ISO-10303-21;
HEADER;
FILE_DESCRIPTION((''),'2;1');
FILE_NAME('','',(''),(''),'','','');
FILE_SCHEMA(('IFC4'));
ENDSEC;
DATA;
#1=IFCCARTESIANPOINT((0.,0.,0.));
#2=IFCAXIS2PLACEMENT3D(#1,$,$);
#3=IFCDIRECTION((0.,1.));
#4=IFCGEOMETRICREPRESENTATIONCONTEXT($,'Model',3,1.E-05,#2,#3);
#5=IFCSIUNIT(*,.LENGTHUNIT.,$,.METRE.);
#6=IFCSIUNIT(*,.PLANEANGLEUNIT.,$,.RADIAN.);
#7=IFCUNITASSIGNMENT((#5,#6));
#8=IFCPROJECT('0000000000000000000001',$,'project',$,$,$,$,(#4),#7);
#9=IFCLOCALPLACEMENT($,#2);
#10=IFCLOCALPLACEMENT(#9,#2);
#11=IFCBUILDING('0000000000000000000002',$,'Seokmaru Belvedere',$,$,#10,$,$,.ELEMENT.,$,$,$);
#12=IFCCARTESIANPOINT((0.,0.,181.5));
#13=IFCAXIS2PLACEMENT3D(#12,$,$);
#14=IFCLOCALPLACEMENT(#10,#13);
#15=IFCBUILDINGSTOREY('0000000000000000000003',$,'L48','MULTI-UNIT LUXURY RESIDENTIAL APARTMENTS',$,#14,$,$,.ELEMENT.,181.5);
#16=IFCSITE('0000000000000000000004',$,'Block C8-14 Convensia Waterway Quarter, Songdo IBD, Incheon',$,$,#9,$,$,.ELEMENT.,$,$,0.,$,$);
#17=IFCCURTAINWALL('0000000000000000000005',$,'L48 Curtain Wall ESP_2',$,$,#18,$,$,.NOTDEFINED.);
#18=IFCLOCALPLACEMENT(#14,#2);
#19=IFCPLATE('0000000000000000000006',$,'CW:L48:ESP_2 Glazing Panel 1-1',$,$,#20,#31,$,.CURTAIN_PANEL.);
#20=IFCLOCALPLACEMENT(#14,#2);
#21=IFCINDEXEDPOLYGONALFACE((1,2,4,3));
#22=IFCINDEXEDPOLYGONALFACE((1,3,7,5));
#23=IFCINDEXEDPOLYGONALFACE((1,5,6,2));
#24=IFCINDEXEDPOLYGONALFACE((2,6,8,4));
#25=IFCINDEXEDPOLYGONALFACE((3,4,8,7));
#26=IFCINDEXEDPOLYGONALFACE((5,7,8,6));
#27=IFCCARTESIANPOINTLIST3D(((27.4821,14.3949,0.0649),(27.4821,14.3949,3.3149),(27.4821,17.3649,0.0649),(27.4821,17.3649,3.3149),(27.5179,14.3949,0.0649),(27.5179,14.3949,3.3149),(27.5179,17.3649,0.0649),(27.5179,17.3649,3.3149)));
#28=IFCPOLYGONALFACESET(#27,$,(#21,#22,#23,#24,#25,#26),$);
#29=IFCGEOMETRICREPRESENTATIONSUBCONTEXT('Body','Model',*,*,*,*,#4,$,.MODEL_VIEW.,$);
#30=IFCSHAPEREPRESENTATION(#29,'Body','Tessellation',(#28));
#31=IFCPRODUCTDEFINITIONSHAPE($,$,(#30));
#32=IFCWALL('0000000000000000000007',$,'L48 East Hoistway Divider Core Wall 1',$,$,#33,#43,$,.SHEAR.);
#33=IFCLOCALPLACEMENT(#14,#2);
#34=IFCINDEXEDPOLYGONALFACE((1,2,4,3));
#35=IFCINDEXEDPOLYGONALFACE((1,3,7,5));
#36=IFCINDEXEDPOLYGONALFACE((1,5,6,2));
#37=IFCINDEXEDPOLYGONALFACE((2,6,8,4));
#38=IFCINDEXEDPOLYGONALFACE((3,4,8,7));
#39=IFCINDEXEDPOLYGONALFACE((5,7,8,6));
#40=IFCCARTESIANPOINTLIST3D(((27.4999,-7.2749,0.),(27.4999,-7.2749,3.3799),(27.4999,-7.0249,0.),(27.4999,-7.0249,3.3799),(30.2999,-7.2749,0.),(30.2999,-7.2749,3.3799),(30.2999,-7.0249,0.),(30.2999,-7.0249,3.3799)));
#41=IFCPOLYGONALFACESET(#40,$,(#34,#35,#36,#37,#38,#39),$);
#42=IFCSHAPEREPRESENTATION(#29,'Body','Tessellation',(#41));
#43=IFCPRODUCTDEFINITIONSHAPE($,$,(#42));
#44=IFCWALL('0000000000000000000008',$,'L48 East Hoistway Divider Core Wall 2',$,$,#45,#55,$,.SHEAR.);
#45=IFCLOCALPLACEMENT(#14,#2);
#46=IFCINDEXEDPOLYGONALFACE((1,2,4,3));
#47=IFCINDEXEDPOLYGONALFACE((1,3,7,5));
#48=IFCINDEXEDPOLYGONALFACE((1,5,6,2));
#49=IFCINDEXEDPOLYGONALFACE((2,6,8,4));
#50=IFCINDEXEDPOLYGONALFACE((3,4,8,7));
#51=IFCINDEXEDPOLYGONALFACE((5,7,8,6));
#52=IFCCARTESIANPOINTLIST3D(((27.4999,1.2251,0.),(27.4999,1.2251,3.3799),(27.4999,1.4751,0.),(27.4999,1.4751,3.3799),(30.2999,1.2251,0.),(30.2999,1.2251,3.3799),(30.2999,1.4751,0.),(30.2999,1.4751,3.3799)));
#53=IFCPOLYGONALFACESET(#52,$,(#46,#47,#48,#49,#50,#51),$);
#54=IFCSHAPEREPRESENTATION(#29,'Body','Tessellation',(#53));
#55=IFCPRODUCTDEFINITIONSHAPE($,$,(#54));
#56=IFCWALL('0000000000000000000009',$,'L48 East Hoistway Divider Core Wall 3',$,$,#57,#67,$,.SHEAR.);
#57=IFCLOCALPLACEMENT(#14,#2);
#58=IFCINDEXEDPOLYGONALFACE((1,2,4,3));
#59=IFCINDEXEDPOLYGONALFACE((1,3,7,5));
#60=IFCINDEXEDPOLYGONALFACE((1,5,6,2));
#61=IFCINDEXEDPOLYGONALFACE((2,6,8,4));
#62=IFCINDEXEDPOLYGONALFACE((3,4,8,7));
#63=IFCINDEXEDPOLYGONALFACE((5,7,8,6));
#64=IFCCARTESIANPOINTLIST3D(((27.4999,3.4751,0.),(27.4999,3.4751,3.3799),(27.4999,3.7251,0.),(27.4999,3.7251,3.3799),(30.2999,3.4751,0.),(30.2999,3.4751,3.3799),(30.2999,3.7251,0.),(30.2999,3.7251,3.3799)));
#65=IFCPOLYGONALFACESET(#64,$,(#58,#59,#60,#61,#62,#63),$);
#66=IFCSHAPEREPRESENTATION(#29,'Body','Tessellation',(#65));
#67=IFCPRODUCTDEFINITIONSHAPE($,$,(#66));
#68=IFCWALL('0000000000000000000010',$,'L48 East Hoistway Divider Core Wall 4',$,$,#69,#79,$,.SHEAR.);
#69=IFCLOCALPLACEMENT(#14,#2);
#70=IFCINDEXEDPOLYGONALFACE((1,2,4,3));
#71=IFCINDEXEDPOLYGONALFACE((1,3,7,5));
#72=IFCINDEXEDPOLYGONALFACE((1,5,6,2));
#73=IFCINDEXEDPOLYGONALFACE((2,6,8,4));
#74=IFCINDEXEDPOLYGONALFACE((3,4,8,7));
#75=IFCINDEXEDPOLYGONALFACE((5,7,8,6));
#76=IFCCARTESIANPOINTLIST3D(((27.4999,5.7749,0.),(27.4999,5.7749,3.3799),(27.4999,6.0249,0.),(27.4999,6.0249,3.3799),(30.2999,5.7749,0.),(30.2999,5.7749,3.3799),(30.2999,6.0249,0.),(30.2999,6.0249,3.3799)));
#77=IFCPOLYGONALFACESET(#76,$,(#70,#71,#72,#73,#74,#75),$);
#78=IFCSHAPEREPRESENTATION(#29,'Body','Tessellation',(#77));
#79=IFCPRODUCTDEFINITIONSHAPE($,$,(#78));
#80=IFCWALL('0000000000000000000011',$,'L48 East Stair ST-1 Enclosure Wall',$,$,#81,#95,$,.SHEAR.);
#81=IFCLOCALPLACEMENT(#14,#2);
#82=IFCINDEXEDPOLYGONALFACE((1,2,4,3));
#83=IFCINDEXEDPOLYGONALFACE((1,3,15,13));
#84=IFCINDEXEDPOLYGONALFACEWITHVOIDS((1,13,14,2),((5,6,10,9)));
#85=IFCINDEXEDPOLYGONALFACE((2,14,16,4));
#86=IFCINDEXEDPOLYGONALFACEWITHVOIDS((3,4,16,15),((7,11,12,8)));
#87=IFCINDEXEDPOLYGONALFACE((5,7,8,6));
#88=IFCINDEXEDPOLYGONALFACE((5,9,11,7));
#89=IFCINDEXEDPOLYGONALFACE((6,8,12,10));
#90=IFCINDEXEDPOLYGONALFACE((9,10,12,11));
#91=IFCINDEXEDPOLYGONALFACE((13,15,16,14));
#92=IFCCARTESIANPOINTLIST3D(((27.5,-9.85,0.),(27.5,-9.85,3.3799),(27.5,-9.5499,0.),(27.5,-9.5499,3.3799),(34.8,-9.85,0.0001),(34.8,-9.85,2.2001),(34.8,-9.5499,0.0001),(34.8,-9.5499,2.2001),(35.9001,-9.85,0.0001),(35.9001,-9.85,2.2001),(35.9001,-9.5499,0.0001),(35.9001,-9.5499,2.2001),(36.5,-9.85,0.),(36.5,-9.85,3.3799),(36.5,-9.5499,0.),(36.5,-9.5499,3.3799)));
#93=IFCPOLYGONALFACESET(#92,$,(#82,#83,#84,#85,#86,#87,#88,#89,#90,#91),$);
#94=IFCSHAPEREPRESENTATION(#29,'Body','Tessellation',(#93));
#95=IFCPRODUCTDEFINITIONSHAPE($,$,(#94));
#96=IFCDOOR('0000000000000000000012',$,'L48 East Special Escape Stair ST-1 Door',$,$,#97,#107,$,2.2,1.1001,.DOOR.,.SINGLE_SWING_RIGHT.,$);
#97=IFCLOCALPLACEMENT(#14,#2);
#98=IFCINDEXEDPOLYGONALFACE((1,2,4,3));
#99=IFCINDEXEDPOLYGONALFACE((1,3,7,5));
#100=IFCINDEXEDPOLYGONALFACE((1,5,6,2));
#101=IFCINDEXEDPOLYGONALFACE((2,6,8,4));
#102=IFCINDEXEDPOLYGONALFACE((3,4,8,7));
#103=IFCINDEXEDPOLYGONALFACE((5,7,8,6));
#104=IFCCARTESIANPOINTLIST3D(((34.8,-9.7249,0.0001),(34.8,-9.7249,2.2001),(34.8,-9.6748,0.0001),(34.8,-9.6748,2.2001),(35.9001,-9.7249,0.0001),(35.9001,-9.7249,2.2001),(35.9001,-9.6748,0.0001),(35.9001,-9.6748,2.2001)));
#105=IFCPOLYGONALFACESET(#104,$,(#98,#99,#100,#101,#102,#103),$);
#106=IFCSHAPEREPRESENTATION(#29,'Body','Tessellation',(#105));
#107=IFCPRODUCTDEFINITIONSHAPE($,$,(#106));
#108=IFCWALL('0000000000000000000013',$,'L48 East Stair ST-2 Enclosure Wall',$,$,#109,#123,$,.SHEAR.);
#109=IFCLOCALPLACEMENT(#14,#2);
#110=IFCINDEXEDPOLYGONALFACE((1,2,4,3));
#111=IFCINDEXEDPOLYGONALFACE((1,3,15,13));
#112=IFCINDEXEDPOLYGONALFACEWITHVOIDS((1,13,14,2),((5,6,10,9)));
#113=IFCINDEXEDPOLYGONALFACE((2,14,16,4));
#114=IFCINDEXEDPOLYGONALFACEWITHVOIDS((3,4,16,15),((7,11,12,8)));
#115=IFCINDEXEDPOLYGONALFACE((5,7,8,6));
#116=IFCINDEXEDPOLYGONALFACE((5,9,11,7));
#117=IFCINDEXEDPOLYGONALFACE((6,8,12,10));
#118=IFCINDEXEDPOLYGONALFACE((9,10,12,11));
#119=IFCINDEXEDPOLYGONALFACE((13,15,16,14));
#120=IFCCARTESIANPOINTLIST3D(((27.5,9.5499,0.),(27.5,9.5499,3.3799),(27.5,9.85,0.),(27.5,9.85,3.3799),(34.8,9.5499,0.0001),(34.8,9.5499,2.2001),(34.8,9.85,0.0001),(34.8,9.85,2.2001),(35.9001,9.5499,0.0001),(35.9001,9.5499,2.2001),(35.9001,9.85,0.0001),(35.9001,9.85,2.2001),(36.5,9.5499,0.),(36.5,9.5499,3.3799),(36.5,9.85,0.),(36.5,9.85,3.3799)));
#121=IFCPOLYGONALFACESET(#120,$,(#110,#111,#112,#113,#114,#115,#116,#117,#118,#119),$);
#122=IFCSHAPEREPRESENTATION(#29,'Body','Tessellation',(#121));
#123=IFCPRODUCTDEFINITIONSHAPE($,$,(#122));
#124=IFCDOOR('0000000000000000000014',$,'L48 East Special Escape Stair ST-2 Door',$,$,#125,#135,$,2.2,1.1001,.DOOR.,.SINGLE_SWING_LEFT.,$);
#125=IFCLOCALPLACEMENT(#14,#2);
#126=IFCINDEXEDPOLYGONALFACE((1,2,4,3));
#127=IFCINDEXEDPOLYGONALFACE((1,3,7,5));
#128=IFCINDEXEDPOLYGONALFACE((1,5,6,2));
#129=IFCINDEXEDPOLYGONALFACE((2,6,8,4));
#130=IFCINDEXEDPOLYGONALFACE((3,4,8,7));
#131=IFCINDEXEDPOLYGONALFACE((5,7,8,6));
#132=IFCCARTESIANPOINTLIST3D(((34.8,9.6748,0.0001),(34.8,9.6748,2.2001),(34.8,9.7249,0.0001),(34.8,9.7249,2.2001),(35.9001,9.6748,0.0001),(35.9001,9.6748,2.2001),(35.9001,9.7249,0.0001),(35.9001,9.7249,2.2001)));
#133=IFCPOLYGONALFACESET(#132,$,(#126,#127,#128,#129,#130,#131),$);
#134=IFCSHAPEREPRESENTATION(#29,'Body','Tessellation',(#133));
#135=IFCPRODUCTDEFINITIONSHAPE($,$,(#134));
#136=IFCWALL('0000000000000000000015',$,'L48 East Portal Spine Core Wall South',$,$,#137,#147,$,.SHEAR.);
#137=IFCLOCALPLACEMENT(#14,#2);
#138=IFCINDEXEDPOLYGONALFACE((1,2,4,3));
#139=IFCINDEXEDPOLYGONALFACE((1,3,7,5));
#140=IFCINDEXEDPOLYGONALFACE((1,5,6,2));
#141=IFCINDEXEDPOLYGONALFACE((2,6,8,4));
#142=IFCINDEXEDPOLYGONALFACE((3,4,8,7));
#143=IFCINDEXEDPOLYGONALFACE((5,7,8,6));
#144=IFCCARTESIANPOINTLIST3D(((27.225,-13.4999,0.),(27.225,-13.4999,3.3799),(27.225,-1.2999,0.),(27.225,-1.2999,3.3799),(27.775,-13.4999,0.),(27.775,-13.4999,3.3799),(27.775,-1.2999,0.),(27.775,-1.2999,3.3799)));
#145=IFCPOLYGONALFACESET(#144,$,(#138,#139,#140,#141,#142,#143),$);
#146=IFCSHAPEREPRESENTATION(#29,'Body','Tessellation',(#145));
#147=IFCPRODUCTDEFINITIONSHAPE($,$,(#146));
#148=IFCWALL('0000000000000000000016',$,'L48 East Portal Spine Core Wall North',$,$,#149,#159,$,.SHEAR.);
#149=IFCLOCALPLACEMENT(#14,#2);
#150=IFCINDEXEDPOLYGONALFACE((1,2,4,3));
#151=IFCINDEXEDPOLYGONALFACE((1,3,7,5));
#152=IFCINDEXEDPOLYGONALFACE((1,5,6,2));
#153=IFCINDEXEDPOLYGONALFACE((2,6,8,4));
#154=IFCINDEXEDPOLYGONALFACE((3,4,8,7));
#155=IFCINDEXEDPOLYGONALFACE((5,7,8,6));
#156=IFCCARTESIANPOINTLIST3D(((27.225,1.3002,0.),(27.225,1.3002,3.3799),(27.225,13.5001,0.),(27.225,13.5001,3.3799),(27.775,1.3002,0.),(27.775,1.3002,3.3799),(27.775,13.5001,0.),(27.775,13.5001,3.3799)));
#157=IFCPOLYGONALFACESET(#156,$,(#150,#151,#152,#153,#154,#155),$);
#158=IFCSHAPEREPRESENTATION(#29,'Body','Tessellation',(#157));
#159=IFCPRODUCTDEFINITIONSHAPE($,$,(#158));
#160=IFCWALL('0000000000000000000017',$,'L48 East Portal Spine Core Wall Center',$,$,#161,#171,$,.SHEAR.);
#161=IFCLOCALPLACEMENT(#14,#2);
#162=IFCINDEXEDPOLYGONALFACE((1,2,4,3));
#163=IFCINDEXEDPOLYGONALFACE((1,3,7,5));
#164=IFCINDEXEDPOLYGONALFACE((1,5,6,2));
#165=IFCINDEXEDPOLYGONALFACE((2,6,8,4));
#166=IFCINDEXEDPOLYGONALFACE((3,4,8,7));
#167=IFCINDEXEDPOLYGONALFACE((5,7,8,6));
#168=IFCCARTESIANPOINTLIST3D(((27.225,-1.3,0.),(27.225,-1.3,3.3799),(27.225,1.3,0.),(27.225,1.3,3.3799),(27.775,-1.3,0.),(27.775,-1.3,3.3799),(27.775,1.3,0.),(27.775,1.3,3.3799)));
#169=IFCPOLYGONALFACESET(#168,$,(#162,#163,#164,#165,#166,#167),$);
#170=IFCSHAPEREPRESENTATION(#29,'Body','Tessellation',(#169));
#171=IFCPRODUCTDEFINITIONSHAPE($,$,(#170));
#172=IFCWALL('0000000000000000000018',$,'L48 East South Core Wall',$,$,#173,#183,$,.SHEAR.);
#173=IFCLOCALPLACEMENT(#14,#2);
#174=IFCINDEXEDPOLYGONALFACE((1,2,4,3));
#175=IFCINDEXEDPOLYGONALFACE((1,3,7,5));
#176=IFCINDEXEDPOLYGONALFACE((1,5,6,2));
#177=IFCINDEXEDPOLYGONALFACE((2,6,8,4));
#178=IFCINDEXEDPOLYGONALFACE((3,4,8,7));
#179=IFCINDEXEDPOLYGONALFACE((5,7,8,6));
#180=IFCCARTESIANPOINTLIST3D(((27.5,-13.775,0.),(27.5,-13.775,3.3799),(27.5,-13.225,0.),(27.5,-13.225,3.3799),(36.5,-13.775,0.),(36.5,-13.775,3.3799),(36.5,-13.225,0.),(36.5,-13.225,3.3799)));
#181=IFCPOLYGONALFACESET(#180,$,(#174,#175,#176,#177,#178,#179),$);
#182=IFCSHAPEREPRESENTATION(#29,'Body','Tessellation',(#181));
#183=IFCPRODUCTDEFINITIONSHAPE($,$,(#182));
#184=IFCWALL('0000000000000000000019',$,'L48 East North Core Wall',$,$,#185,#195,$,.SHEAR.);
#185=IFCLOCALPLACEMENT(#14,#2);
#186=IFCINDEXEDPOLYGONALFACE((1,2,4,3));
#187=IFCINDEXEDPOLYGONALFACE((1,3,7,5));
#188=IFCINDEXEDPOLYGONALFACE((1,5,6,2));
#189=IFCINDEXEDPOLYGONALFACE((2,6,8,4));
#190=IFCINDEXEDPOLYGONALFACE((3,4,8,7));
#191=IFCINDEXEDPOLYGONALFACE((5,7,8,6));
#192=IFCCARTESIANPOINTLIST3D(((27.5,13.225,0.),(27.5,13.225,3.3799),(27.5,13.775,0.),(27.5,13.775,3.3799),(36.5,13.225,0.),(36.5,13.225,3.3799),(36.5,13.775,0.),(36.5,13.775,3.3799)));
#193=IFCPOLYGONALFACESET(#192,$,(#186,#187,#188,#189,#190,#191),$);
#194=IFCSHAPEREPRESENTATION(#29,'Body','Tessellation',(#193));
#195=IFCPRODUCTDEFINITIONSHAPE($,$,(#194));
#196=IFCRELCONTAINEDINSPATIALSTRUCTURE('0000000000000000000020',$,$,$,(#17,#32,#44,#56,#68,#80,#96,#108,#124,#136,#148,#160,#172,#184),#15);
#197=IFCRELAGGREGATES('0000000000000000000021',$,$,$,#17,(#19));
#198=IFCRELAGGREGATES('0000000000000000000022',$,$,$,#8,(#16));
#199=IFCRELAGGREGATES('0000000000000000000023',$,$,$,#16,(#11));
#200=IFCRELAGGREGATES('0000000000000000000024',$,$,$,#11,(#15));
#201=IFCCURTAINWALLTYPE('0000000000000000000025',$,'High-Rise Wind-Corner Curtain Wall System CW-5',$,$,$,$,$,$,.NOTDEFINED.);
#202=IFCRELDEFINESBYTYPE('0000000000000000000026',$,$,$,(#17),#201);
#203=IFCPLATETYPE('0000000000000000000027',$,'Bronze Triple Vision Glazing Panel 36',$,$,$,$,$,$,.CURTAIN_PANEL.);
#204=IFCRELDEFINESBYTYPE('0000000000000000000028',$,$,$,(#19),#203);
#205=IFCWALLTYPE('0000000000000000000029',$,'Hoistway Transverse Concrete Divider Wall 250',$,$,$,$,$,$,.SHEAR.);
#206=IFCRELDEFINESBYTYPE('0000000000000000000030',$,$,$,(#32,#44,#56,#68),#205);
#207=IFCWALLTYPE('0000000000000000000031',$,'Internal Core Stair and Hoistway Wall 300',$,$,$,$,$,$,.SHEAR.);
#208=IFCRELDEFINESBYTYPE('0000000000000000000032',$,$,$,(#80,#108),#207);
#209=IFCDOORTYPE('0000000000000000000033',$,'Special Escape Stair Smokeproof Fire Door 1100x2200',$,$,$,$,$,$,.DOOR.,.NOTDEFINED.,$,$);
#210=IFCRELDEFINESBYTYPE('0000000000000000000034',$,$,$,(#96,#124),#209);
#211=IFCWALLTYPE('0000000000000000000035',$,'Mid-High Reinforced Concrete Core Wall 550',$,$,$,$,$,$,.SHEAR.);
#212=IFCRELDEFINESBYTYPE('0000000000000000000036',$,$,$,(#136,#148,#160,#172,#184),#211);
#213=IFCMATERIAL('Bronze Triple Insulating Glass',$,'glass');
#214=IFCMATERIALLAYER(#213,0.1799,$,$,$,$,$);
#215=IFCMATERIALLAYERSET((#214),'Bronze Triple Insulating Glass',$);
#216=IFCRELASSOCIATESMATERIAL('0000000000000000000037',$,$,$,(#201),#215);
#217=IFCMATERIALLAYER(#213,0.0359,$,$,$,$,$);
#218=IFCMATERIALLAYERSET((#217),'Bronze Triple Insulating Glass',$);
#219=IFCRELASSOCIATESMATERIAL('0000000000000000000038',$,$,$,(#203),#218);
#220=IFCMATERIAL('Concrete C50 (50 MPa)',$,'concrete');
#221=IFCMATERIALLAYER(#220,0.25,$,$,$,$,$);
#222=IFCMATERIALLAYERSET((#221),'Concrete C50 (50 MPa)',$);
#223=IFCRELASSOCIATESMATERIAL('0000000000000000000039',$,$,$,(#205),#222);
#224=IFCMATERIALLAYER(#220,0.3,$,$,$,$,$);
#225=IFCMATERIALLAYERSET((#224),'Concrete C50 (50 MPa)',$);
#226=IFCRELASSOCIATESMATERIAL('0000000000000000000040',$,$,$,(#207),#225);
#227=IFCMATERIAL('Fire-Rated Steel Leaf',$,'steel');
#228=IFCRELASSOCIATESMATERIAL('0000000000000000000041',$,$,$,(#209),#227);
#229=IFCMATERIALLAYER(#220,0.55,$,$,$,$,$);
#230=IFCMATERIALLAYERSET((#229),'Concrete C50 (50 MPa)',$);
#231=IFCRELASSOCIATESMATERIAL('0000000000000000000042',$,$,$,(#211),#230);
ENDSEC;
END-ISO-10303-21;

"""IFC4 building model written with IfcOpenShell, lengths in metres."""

from ifc_helpers import new_model, si_unit, direction, frame, frame_2d, origin, origin_2d, place, context, subcontext, project, spatial, rectangle, extrude, source, transform, mapped, material, layer, layer_set, type_object, type_shapes, element, fill, aggregate, save


model = new_model("IFC4")

# Units and contexts
model_context = context("Model", 3, precision=1e-05, world=origin(), true_north=direction((0.0, 1.0)))
body_context = subcontext(model_context, "Body", "Model", "MODEL_VIEW")
ifc_project = project(units=[si_unit("LENGTHUNIT", "METRE"), si_unit("PLANEANGLEUNIT", "RADIAN")], contexts=[model_context])

# Site, building, storey
site_placement = place(None, origin())
site = spatial("IfcSite", under=ifc_project, at=site_placement, Name="Block C8-14 Convensia Waterway Quarter, Songdo IBD, Incheon", CompositionType="ELEMENT", RefElevation=0.0)
building_placement = place(site_placement, origin())
building = spatial("IfcBuilding", under=site, at=building_placement, Name="Seokmaru Belvedere", CompositionType="ELEMENT")
storey_placement = place(building_placement, frame((0.0, 0.0, 181.5)))
storey = spatial("IfcBuildingStorey", under=building, at=storey_placement, Name="L48", Description="MULTI-UNIT LUXURY RESIDENTIAL APARTMENTS", CompositionType="ELEMENT", Elevation=181.5)

# Curtain wall
ifc_material_1 = material(Name="Bronze Triple Insulating Glass", Category="glass")
ifc_layer_1 = layer(ifc_material_1, 0.1799)
ifc_layer_set_1 = layer_set([ifc_layer_1], Name="Bronze Triple Insulating Glass")
curtain_wall_type = type_object("IfcCurtainWallType", Name="High-Rise Wind-Corner Curtain Wall System CW-5", PredefinedType="NOTDEFINED", material=ifc_layer_set_1)
curtain_wall_1_placement = place(storey_placement, origin())
curtain_wall_1 = element("IfcCurtainWall", 1, at=curtain_wall_1_placement, inside=storey, type_object=curtain_wall_type, Name="L48 Curtain Wall ESP_2", PredefinedType="NOTDEFINED")

# Plate
ifc_layer_2 = layer(ifc_material_1, 0.0359)
ifc_layer_set_2 = layer_set([ifc_layer_2], Name="Bronze Triple Insulating Glass")
plate_type = type_object("IfcPlateType", Name="Bronze Triple Vision Glazing Panel 36", PredefinedType="CURTAIN_PANEL", material=ifc_layer_set_2)
shared_shape_1 = source(origin(), body_context, "Body", "SweptSolid", [
    extrude(rectangle(XDim=2.97, YDim=0.0359, at=origin_2d()), origin(), (0.0, 0.0, 1.0), 3.25),
])
type_shapes(plate_type, [shared_shape_1])
plate_1_placement = place(storey_placement, frame((27.5, 15.8799, 0.0649), z_axis=(0.0, 0.0, 1.0), x_axis=(0.0, -1.0, 0.0)))
plate_1 = element("IfcPlate", 2, at=plate_1_placement, type_object=plate_type, Name="CW:L48:ESP_2 Glazing Panel 1-1", PredefinedType="CURTAIN_PANEL", context=body_context, shape_type="MappedRepresentation", body=[
    mapped(shared_shape_1, transform((0.0, 0.0, 0.0), scale=1.0)),
])
aggregate(curtain_wall_1, [plate_1])

# Walls
ifc_material_2 = material(Name="Concrete C50 (50 MPa)", Category="concrete")
ifc_layer_3 = layer(ifc_material_2, 0.25)
ifc_layer_set_3 = layer_set([ifc_layer_3], Name="Concrete C50 (50 MPa)")
wall_type_1 = type_object("IfcWallType", Name="Hoistway Transverse Concrete Divider Wall 250", PredefinedType="SHEAR", material=ifc_layer_set_3)
for number, where, z_axis, x_axis, name in (
    (3, (27.5, -7.1499, 0.0), (0.0, 0.0, 1.0), (1.0, 0.0, 0.0), "L48 East Hoistway Divider Core Wall 1"),
    (4, (27.5, 1.3501, 0.0), (0.0, 0.0, 1.0), (1.0, 0.0, 0.0), "L48 East Hoistway Divider Core Wall 2"),
    (5, (27.5, 3.6001, 0.0), (0.0, 0.0, 1.0), (1.0, 0.0, 0.0), "L48 East Hoistway Divider Core Wall 3"),
    (6, (27.5, 5.8999, 0.0), (0.0, 0.0, 1.0), (1.0, 0.0, 0.0), "L48 East Hoistway Divider Core Wall 4"),
):
    element("IfcWall", number, at=place(storey_placement, frame(where, z_axis=z_axis, x_axis=x_axis)), inside=storey, type_object=wall_type_1, Name=name, PredefinedType="SHEAR", context=body_context, shape_type="SweptSolid", body=[
        extrude(rectangle(XDim=2.8, YDim=0.25, at=frame_2d((1.3999, 0.0))), origin(), (0.0, 0.0, 1.0), 3.3799),
    ])

# Walls, openings, doors
ifc_layer_4 = layer(ifc_material_2, 0.3)
ifc_layer_set_4 = layer_set([ifc_layer_4], Name="Concrete C50 (50 MPa)")
wall_type_2 = type_object("IfcWallType", Name="Internal Core Stair and Hoistway Wall 300", PredefinedType="SHEAR", material=ifc_layer_set_4)
wall_1_placement = place(storey_placement, frame((27.5, -9.7, 0.0), z_axis=(0.0, 0.0, 1.0), x_axis=(1.0, 0.0, 0.0)))
wall_1 = element("IfcWall", 7, at=wall_1_placement, inside=storey, type_object=wall_type_2, Name="L48 East Stair ST-1 Enclosure Wall", PredefinedType="SHEAR", context=body_context, shape_type="SweptSolid", body=[
    extrude(rectangle(XDim=9.0, YDim=0.3, at=frame_2d((4.5, 0.0))), origin(), (0.0, 0.0, 1.0), 3.3799),
])
opening_1_placement = place(wall_1_placement, frame((7.3, 0.0, 0.0)))
opening_1 = element("IfcOpeningElement", 8, at=opening_1_placement, cuts=wall_1, PredefinedType="OPENING", context=body_context, shape_type="SweptSolid", body=[
    extrude(rectangle(XDim=1.1001, YDim=2.2, at=frame_2d((0.55, 1.1001))), frame((0.0, 0.1602, 0.0), z_axis=(0.0, -1.0, 0.0), x_axis=(1.0, 0.0, 0.0)), (0.0, 0.0, 1.0), 0.3201),
])
ifc_material_3 = material(Name="Fire-Rated Steel Leaf", Category="steel")
door_type = type_object("IfcDoorType", Name="Special Escape Stair Smokeproof Fire Door 1100x2200", OperationType="NOTDEFINED", PredefinedType="DOOR", material=ifc_material_3)
shared_shape_2 = source(origin(), body_context, "Body", "SweptSolid", [
    extrude(rectangle(XDim=1.1001, YDim=2.2, at=frame_2d((0.55, 1.1001))), frame((0.0, 0.0249, 0.0), z_axis=(0.0, -1.0, 0.0), x_axis=(1.0, 0.0, 0.0)), (0.0, 0.0, 1.0), 0.05),
])
type_shapes(door_type, [shared_shape_2])
door_1_placement = place(opening_1_placement, frame((1.1001, 0.0, 0.0), z_axis=(0.0, 0.0, 1.0), x_axis=(-1.0, 0.0, 0.0)))
door_1 = element("IfcDoor", 9, at=door_1_placement, inside=storey, type_object=door_type, Name="L48 East Special Escape Stair ST-1 Door", OperationType="SINGLE_SWING_RIGHT", OverallHeight=2.2, OverallWidth=1.1001, PredefinedType="DOOR", context=body_context, shape_type="MappedRepresentation", body=[
    mapped(shared_shape_2, transform((0.0, 0.0, 0.0), scale=1.0)),
])
fill(opening_1, door_1)
wall_2_placement = place(storey_placement, frame((27.5, 9.7, 0.0), z_axis=(0.0, 0.0, 1.0), x_axis=(1.0, 0.0, 0.0)))
wall_2 = element("IfcWall", 10, at=wall_2_placement, inside=storey, type_object=wall_type_2, Name="L48 East Stair ST-2 Enclosure Wall", PredefinedType="SHEAR", context=body_context, shape_type="SweptSolid", body=[
    extrude(rectangle(XDim=9.0, YDim=0.3, at=frame_2d((4.5, 0.0))), origin(), (0.0, 0.0, 1.0), 3.3799),
])
opening_2_placement = place(wall_2_placement, frame((7.3, 0.0, 0.0)))
opening_2 = element("IfcOpeningElement", 11, at=opening_2_placement, cuts=wall_2, PredefinedType="OPENING", context=body_context, shape_type="SweptSolid", body=[
    extrude(rectangle(XDim=1.1001, YDim=2.2, at=frame_2d((0.55, 1.1001))), frame((0.0, 0.1602, 0.0), z_axis=(0.0, -1.0, 0.0), x_axis=(1.0, 0.0, 0.0)), (0.0, 0.0, 1.0), 0.3201),
])
door_2_placement = place(opening_2_placement, origin())
door_2 = element("IfcDoor", 12, at=door_2_placement, inside=storey, type_object=door_type, Name="L48 East Special Escape Stair ST-2 Door", OperationType="SINGLE_SWING_LEFT", OverallHeight=2.2, OverallWidth=1.1001, PredefinedType="DOOR", context=body_context, shape_type="MappedRepresentation", body=[
    mapped(shared_shape_2, transform((0.0, 0.0, 0.0), scale=1.0)),
])
fill(opening_2, door_2)

# Walls
ifc_layer_5 = layer(ifc_material_2, 0.55)
ifc_layer_set_5 = layer_set([ifc_layer_5], Name="Concrete C50 (50 MPa)")
wall_type_3 = type_object("IfcWallType", Name="Mid-High Reinforced Concrete Core Wall 550", PredefinedType="SHEAR", material=ifc_layer_set_5)
for number, where, z_axis, x_axis, name in (
    (13, (27.5, -13.5, 0.0), (0.0, 0.0, 1.0), (0.0, 1.0, 0.0), "L48 East Portal Spine Core Wall South"),
    (14, (27.5, 1.3, 0.0), (0.0, 0.0, 1.0), (0.0, 1.0, 0.0), "L48 East Portal Spine Core Wall North"),
):
    element("IfcWall", number, at=place(storey_placement, frame(where, z_axis=z_axis, x_axis=x_axis)), inside=storey, type_object=wall_type_3, Name=name, PredefinedType="SHEAR", context=body_context, shape_type="SweptSolid", body=[
        extrude(rectangle(XDim=12.2, YDim=0.55, at=frame_2d((6.1001, 0.0))), origin(), (0.0, 0.0, 1.0), 3.3799),
    ])
wall_3_placement = place(storey_placement, frame((27.5, -1.3, 0.0), z_axis=(0.0, 0.0, 1.0), x_axis=(0.0, 1.0, 0.0)))
element("IfcWall", 15, at=wall_3_placement, inside=storey, type_object=wall_type_3, Name="L48 East Portal Spine Core Wall Center", PredefinedType="SHEAR", context=body_context, shape_type="SweptSolid", body=[
    extrude(rectangle(XDim=2.6001, YDim=0.55, at=frame_2d((1.3, 0.0))), origin(), (0.0, 0.0, 1.0), 3.3799),
])
for number, where, z_axis, x_axis, name in (
    (16, (27.5, -13.5, 0.0), (0.0, 0.0, 1.0), (1.0, 0.0, 0.0), "L48 East South Core Wall"),
    (17, (27.5, 13.5, 0.0), (0.0, 0.0, 1.0), (1.0, 0.0, 0.0), "L48 East North Core Wall"),
):
    element("IfcWall", number, at=place(storey_placement, frame(where, z_axis=z_axis, x_axis=x_axis)), inside=storey, type_object=wall_type_3, Name=name, PredefinedType="SHEAR", context=body_context, shape_type="SweptSolid", body=[
        extrude(rectangle(XDim=9.0, YDim=0.55, at=frame_2d((4.5, 0.0))), origin(), (0.0, 0.0, 1.0), 3.3799),
    ])

save(model, "model.ifc")
